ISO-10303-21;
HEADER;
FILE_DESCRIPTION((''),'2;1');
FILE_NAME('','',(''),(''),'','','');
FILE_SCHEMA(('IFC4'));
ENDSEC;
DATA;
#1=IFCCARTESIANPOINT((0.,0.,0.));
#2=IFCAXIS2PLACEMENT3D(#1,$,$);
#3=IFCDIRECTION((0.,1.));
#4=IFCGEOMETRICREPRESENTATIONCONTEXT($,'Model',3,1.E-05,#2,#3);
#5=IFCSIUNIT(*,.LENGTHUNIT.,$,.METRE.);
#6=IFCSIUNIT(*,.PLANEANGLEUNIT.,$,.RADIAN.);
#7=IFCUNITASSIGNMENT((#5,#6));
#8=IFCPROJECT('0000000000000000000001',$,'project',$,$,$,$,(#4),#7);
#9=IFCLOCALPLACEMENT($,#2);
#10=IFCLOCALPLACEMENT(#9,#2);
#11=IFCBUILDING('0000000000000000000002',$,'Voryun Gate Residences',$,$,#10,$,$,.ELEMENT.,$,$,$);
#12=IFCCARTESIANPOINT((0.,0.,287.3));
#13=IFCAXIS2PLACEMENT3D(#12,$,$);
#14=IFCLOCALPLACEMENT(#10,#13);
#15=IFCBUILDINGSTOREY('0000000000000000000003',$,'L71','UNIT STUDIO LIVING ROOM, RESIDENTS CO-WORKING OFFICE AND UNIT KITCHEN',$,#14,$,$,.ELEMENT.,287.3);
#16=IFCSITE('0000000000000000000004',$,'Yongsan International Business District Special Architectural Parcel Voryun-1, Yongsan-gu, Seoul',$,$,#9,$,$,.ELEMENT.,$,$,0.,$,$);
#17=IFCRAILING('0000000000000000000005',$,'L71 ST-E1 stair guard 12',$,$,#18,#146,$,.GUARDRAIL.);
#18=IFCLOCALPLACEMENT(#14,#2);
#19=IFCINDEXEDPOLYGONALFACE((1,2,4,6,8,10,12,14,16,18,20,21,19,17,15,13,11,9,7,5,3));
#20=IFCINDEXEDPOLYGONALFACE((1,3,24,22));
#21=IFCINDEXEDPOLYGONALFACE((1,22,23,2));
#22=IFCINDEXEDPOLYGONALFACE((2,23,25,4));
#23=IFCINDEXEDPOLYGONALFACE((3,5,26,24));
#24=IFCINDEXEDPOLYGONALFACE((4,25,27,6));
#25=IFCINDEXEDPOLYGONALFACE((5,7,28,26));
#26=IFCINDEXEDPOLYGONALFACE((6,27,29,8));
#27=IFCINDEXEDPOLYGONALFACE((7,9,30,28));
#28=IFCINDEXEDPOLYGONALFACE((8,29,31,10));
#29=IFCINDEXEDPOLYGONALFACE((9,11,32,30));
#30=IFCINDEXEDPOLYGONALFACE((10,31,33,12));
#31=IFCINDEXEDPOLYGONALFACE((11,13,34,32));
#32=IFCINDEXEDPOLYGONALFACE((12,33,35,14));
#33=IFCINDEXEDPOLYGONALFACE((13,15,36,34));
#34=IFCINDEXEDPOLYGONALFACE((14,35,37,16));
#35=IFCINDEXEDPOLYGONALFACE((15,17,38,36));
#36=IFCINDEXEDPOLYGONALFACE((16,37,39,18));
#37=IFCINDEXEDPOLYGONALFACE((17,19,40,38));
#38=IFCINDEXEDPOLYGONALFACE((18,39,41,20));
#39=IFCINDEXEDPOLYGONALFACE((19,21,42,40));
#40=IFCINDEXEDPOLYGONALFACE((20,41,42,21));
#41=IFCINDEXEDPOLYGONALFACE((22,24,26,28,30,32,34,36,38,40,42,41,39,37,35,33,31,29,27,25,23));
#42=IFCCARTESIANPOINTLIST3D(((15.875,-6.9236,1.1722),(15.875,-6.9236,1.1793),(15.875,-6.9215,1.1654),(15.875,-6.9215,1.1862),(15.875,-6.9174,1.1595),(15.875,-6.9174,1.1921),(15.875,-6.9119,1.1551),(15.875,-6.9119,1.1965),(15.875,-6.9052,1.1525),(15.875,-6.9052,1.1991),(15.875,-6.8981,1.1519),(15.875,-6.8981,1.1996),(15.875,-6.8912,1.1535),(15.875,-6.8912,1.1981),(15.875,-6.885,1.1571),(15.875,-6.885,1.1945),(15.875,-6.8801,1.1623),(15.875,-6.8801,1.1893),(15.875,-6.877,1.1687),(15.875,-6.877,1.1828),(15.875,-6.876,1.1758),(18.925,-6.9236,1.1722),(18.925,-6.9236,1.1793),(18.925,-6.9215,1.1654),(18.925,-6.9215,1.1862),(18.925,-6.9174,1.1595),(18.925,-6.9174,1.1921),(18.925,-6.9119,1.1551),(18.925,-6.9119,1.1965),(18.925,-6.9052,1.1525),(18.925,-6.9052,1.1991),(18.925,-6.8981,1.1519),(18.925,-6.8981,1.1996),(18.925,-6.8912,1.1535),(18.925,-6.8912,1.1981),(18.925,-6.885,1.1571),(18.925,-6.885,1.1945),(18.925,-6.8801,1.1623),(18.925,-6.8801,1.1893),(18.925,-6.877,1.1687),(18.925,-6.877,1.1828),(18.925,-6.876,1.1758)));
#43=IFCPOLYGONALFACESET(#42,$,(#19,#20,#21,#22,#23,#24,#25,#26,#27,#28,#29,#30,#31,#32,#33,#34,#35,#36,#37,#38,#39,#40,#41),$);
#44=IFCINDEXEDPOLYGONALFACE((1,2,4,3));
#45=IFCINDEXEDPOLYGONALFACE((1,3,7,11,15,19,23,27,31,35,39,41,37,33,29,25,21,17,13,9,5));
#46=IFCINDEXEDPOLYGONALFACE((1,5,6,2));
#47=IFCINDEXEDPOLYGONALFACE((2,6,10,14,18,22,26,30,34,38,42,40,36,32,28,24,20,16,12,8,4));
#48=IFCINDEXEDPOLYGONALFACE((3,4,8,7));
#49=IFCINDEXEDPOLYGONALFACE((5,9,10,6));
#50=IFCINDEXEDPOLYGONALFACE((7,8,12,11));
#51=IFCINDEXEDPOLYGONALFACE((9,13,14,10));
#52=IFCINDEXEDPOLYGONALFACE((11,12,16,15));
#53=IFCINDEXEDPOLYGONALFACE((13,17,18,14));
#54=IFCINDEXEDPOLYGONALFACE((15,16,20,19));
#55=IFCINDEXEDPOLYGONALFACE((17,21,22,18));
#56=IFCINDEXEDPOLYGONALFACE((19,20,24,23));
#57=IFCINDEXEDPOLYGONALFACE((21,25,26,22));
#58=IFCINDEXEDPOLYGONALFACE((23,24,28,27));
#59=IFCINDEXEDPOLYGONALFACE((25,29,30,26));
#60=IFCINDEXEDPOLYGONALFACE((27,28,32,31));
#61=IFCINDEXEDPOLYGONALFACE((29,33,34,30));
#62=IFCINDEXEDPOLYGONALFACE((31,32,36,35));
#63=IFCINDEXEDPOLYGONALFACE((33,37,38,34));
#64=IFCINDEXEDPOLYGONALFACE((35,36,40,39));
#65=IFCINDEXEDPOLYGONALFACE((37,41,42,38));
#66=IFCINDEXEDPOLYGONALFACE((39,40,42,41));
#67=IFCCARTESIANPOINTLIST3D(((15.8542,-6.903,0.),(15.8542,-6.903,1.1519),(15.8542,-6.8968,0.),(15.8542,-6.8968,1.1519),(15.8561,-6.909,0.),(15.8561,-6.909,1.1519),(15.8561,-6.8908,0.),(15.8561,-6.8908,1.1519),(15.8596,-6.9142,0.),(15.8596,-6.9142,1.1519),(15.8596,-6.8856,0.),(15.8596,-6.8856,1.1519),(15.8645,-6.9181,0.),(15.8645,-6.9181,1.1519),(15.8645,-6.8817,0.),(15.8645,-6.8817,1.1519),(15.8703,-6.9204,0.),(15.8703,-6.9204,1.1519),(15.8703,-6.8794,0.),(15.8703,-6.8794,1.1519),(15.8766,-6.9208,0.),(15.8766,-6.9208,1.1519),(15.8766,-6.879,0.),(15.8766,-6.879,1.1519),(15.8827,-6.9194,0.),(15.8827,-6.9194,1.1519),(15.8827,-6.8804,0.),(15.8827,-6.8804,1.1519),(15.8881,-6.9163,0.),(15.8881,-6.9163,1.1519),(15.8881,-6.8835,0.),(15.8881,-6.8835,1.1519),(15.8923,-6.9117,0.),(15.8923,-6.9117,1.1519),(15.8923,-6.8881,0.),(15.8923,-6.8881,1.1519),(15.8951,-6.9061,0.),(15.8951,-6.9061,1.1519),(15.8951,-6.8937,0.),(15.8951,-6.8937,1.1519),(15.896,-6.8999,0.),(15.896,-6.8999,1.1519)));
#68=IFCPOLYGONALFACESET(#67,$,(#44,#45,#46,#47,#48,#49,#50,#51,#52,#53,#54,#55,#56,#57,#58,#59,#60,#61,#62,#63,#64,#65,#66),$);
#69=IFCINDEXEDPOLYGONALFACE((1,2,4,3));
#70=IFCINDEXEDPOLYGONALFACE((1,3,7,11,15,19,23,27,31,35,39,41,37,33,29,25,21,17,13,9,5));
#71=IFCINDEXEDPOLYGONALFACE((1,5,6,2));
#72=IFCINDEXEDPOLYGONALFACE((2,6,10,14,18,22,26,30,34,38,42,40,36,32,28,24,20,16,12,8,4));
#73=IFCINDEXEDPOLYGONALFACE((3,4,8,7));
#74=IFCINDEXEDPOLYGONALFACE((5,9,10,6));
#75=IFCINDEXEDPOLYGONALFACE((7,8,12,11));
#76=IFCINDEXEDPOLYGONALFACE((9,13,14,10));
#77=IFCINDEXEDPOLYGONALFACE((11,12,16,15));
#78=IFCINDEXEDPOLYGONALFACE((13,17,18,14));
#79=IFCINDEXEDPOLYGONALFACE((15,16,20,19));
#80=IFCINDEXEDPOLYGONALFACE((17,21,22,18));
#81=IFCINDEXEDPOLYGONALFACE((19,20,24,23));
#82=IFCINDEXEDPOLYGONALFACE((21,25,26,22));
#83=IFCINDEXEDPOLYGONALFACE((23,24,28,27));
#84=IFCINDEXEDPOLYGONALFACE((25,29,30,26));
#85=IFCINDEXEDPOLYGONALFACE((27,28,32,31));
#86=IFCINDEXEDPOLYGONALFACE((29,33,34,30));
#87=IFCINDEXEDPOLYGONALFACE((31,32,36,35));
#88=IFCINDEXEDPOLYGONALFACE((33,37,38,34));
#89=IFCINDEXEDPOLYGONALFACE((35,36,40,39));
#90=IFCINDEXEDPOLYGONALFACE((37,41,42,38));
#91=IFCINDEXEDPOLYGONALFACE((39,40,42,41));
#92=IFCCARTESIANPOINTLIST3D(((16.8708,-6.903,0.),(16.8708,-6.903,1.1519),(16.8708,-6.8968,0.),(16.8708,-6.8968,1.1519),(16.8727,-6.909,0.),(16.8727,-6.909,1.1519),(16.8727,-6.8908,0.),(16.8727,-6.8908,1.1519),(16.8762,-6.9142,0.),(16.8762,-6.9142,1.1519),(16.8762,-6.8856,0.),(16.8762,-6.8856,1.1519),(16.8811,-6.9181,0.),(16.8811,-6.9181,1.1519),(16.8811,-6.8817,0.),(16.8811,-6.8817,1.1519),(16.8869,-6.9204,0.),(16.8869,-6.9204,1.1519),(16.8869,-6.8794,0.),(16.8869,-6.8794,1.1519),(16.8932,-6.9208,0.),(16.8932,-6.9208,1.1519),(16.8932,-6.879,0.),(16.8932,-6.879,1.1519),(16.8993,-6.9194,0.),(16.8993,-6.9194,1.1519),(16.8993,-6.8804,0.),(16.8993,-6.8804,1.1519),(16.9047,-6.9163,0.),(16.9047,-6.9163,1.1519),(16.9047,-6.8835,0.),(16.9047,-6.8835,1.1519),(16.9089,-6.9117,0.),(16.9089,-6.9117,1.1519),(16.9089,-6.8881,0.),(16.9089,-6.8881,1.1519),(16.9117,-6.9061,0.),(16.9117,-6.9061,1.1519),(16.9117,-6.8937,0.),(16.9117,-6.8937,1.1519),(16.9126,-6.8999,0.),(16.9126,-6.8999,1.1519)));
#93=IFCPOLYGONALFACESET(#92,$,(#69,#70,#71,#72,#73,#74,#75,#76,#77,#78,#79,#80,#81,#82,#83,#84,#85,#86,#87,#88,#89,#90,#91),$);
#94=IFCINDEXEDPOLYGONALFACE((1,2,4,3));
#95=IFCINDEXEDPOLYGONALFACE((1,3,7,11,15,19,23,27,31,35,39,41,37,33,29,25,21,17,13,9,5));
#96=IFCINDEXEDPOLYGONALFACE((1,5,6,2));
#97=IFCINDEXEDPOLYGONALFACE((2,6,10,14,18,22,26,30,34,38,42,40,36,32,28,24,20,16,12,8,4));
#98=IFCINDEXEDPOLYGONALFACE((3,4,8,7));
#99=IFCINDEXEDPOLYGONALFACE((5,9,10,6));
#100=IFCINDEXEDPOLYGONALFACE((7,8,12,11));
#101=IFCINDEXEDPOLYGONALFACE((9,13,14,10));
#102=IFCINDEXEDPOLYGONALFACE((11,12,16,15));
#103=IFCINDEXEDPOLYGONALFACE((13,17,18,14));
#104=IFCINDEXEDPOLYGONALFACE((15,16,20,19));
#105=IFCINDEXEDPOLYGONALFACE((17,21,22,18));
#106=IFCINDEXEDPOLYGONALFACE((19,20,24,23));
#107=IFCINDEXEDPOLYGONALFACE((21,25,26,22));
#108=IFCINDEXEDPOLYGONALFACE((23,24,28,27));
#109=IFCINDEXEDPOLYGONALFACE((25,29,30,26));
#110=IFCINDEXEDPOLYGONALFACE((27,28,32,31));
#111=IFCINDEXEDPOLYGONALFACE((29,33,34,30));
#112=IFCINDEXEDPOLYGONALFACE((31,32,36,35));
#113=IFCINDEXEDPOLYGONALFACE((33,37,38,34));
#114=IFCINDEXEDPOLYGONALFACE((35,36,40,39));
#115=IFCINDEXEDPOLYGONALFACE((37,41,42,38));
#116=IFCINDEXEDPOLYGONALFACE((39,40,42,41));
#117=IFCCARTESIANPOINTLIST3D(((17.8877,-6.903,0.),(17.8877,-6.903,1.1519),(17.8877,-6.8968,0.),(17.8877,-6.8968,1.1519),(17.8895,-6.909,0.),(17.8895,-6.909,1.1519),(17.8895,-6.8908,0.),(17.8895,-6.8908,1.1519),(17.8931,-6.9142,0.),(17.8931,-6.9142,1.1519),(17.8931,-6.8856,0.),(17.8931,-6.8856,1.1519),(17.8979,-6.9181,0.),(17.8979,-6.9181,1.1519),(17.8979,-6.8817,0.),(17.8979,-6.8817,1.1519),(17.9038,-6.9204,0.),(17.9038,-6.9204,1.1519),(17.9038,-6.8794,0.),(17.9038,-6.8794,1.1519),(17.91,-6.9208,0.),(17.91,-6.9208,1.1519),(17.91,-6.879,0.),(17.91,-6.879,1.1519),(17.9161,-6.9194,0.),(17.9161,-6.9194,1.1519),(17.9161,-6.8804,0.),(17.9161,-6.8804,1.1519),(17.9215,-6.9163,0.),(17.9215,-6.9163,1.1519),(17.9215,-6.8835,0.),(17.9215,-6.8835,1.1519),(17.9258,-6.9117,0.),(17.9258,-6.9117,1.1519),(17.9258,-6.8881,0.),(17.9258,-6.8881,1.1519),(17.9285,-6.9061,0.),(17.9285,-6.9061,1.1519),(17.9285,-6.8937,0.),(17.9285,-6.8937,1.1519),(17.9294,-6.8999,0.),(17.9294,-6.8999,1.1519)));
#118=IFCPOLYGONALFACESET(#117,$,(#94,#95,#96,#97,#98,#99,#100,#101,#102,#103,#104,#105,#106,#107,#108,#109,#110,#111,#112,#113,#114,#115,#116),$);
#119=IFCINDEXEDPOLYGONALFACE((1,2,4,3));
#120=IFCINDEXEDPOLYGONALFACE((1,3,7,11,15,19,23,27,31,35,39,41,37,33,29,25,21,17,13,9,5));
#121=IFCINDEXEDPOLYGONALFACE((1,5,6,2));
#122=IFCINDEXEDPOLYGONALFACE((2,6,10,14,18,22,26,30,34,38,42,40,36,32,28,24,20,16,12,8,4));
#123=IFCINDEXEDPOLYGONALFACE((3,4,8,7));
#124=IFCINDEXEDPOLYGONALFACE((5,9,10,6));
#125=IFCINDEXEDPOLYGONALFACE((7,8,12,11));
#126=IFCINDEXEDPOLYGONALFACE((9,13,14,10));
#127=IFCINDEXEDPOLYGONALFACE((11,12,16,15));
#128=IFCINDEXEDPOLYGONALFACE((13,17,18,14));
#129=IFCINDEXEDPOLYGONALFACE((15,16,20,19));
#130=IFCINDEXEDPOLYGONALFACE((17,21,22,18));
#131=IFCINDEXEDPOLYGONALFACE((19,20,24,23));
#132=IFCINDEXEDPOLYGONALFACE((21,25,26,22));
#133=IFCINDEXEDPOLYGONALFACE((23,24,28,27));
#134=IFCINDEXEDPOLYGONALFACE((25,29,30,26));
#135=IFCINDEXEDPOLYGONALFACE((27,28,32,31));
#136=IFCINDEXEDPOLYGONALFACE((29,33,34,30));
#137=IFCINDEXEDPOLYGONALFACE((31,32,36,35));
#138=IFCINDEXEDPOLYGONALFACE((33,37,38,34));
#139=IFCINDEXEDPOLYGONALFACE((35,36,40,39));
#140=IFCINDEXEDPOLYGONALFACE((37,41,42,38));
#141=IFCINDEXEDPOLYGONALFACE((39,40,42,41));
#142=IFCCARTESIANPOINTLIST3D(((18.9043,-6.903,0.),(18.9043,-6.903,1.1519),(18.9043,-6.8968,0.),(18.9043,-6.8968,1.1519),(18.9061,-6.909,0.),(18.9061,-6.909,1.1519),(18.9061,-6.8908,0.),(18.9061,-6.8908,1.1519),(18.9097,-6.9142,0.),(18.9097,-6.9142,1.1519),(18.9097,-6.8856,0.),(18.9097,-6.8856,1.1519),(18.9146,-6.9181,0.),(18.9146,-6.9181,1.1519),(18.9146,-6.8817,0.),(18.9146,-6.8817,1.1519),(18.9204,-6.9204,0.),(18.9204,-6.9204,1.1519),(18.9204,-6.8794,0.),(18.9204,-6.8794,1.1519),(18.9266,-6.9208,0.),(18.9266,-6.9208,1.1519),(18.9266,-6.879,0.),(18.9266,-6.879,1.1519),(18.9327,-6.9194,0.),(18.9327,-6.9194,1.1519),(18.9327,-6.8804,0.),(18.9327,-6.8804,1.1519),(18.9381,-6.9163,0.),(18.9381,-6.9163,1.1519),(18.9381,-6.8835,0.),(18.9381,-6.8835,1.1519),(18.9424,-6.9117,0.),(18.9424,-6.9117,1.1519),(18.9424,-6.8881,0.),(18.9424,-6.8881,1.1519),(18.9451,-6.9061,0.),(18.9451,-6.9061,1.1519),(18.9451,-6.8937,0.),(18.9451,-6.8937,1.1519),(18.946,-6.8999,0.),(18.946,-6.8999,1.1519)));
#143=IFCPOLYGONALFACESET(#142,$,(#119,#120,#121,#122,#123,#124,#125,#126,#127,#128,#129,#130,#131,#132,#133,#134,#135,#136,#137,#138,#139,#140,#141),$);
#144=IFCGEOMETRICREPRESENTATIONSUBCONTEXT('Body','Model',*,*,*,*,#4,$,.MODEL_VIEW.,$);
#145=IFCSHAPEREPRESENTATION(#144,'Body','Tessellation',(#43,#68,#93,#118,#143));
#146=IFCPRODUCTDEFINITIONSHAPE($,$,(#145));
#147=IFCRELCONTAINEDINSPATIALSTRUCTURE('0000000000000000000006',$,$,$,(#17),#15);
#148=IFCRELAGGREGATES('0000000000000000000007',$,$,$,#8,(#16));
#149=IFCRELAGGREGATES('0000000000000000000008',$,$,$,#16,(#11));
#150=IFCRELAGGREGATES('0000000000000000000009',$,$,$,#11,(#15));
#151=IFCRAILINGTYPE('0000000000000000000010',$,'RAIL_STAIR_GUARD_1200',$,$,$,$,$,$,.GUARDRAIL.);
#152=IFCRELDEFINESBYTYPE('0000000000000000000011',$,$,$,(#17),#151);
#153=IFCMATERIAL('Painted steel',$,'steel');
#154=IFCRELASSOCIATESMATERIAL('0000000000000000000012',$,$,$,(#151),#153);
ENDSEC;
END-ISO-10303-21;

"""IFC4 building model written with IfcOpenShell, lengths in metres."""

from ifc_helpers import new_model, si_unit, direction, frame, origin, origin_2d, place, context, subcontext, project, spatial, circle, extrude, material, type_object, element, save


model = new_model("IFC4")

# Units and contexts
model_context = context("Model", 3, precision=1e-05, world=origin(), true_north=direction((0.0, 1.0)))
body_context = subcontext(model_context, "Body", "Model", "MODEL_VIEW")
ifc_project = project(units=[si_unit("LENGTHUNIT", "METRE"), si_unit("PLANEANGLEUNIT", "RADIAN")], contexts=[model_context])

# Site, building, storey
site_placement = place(None, origin())
site = spatial("IfcSite", under=ifc_project, at=site_placement, Name="Yongsan International Business District Special Architectural Parcel Voryun-1, Yongsan-gu, Seoul", CompositionType="ELEMENT", RefElevation=0.0)
building_placement = place(site_placement, origin())
building = spatial("IfcBuilding", under=site, at=building_placement, Name="Voryun Gate Residences", CompositionType="ELEMENT")
storey_placement = place(building_placement, frame((0.0, 0.0, 287.3)))
storey = spatial("IfcBuildingStorey", under=building, at=storey_placement, Name="L71", Description="UNIT STUDIO LIVING ROOM, RESIDENTS CO-WORKING OFFICE AND UNIT KITCHEN", CompositionType="ELEMENT", Elevation=287.3)

# Railing
ifc_material_1 = material(Name="Painted steel", Category="steel")
railing_type_1 = type_object("IfcRailingType", Name="RAIL_STAIR_GUARD_1200", PredefinedType="GUARDRAIL", material=ifc_material_1)
railing_1_placement = place(storey_placement, frame((15.875, -6.8999, 0.0)))
element("IfcRailing", 1, at=railing_1_placement, inside=storey, type_object=railing_type_1, Name="L71 ST-E1 stair guard 12", PredefinedType="GUARDRAIL", context=body_context, shape_type="SweptSolid", body=[
    extrude(circle(Radius=0.0239, at=origin_2d()), frame((0.0, 0.0, 1.1758), z_axis=(1.0, 0.0, 0.0), x_axis=(0.0, 1.0, 0.0)), (0.0, 0.0, 1.0), 3.05),
    extrude(circle(Radius=0.021, at=origin_2d()), origin(), (0.0, 0.0, 1.0), 1.1519),
    extrude(circle(Radius=0.021, at=origin_2d()), frame((1.0166, 0.0, 0.0)), (0.0, 0.0, 1.0), 1.1519),
    extrude(circle(Radius=0.021, at=origin_2d()), frame((2.0334, 0.0, 0.0)), (0.0, 0.0, 1.0), 1.1519),
    extrude(circle(Radius=0.021, at=origin_2d()), frame((3.05, 0.0, 0.0)), (0.0, 0.0, 1.0), 1.1519),
])

save(model, "model.ifc")
